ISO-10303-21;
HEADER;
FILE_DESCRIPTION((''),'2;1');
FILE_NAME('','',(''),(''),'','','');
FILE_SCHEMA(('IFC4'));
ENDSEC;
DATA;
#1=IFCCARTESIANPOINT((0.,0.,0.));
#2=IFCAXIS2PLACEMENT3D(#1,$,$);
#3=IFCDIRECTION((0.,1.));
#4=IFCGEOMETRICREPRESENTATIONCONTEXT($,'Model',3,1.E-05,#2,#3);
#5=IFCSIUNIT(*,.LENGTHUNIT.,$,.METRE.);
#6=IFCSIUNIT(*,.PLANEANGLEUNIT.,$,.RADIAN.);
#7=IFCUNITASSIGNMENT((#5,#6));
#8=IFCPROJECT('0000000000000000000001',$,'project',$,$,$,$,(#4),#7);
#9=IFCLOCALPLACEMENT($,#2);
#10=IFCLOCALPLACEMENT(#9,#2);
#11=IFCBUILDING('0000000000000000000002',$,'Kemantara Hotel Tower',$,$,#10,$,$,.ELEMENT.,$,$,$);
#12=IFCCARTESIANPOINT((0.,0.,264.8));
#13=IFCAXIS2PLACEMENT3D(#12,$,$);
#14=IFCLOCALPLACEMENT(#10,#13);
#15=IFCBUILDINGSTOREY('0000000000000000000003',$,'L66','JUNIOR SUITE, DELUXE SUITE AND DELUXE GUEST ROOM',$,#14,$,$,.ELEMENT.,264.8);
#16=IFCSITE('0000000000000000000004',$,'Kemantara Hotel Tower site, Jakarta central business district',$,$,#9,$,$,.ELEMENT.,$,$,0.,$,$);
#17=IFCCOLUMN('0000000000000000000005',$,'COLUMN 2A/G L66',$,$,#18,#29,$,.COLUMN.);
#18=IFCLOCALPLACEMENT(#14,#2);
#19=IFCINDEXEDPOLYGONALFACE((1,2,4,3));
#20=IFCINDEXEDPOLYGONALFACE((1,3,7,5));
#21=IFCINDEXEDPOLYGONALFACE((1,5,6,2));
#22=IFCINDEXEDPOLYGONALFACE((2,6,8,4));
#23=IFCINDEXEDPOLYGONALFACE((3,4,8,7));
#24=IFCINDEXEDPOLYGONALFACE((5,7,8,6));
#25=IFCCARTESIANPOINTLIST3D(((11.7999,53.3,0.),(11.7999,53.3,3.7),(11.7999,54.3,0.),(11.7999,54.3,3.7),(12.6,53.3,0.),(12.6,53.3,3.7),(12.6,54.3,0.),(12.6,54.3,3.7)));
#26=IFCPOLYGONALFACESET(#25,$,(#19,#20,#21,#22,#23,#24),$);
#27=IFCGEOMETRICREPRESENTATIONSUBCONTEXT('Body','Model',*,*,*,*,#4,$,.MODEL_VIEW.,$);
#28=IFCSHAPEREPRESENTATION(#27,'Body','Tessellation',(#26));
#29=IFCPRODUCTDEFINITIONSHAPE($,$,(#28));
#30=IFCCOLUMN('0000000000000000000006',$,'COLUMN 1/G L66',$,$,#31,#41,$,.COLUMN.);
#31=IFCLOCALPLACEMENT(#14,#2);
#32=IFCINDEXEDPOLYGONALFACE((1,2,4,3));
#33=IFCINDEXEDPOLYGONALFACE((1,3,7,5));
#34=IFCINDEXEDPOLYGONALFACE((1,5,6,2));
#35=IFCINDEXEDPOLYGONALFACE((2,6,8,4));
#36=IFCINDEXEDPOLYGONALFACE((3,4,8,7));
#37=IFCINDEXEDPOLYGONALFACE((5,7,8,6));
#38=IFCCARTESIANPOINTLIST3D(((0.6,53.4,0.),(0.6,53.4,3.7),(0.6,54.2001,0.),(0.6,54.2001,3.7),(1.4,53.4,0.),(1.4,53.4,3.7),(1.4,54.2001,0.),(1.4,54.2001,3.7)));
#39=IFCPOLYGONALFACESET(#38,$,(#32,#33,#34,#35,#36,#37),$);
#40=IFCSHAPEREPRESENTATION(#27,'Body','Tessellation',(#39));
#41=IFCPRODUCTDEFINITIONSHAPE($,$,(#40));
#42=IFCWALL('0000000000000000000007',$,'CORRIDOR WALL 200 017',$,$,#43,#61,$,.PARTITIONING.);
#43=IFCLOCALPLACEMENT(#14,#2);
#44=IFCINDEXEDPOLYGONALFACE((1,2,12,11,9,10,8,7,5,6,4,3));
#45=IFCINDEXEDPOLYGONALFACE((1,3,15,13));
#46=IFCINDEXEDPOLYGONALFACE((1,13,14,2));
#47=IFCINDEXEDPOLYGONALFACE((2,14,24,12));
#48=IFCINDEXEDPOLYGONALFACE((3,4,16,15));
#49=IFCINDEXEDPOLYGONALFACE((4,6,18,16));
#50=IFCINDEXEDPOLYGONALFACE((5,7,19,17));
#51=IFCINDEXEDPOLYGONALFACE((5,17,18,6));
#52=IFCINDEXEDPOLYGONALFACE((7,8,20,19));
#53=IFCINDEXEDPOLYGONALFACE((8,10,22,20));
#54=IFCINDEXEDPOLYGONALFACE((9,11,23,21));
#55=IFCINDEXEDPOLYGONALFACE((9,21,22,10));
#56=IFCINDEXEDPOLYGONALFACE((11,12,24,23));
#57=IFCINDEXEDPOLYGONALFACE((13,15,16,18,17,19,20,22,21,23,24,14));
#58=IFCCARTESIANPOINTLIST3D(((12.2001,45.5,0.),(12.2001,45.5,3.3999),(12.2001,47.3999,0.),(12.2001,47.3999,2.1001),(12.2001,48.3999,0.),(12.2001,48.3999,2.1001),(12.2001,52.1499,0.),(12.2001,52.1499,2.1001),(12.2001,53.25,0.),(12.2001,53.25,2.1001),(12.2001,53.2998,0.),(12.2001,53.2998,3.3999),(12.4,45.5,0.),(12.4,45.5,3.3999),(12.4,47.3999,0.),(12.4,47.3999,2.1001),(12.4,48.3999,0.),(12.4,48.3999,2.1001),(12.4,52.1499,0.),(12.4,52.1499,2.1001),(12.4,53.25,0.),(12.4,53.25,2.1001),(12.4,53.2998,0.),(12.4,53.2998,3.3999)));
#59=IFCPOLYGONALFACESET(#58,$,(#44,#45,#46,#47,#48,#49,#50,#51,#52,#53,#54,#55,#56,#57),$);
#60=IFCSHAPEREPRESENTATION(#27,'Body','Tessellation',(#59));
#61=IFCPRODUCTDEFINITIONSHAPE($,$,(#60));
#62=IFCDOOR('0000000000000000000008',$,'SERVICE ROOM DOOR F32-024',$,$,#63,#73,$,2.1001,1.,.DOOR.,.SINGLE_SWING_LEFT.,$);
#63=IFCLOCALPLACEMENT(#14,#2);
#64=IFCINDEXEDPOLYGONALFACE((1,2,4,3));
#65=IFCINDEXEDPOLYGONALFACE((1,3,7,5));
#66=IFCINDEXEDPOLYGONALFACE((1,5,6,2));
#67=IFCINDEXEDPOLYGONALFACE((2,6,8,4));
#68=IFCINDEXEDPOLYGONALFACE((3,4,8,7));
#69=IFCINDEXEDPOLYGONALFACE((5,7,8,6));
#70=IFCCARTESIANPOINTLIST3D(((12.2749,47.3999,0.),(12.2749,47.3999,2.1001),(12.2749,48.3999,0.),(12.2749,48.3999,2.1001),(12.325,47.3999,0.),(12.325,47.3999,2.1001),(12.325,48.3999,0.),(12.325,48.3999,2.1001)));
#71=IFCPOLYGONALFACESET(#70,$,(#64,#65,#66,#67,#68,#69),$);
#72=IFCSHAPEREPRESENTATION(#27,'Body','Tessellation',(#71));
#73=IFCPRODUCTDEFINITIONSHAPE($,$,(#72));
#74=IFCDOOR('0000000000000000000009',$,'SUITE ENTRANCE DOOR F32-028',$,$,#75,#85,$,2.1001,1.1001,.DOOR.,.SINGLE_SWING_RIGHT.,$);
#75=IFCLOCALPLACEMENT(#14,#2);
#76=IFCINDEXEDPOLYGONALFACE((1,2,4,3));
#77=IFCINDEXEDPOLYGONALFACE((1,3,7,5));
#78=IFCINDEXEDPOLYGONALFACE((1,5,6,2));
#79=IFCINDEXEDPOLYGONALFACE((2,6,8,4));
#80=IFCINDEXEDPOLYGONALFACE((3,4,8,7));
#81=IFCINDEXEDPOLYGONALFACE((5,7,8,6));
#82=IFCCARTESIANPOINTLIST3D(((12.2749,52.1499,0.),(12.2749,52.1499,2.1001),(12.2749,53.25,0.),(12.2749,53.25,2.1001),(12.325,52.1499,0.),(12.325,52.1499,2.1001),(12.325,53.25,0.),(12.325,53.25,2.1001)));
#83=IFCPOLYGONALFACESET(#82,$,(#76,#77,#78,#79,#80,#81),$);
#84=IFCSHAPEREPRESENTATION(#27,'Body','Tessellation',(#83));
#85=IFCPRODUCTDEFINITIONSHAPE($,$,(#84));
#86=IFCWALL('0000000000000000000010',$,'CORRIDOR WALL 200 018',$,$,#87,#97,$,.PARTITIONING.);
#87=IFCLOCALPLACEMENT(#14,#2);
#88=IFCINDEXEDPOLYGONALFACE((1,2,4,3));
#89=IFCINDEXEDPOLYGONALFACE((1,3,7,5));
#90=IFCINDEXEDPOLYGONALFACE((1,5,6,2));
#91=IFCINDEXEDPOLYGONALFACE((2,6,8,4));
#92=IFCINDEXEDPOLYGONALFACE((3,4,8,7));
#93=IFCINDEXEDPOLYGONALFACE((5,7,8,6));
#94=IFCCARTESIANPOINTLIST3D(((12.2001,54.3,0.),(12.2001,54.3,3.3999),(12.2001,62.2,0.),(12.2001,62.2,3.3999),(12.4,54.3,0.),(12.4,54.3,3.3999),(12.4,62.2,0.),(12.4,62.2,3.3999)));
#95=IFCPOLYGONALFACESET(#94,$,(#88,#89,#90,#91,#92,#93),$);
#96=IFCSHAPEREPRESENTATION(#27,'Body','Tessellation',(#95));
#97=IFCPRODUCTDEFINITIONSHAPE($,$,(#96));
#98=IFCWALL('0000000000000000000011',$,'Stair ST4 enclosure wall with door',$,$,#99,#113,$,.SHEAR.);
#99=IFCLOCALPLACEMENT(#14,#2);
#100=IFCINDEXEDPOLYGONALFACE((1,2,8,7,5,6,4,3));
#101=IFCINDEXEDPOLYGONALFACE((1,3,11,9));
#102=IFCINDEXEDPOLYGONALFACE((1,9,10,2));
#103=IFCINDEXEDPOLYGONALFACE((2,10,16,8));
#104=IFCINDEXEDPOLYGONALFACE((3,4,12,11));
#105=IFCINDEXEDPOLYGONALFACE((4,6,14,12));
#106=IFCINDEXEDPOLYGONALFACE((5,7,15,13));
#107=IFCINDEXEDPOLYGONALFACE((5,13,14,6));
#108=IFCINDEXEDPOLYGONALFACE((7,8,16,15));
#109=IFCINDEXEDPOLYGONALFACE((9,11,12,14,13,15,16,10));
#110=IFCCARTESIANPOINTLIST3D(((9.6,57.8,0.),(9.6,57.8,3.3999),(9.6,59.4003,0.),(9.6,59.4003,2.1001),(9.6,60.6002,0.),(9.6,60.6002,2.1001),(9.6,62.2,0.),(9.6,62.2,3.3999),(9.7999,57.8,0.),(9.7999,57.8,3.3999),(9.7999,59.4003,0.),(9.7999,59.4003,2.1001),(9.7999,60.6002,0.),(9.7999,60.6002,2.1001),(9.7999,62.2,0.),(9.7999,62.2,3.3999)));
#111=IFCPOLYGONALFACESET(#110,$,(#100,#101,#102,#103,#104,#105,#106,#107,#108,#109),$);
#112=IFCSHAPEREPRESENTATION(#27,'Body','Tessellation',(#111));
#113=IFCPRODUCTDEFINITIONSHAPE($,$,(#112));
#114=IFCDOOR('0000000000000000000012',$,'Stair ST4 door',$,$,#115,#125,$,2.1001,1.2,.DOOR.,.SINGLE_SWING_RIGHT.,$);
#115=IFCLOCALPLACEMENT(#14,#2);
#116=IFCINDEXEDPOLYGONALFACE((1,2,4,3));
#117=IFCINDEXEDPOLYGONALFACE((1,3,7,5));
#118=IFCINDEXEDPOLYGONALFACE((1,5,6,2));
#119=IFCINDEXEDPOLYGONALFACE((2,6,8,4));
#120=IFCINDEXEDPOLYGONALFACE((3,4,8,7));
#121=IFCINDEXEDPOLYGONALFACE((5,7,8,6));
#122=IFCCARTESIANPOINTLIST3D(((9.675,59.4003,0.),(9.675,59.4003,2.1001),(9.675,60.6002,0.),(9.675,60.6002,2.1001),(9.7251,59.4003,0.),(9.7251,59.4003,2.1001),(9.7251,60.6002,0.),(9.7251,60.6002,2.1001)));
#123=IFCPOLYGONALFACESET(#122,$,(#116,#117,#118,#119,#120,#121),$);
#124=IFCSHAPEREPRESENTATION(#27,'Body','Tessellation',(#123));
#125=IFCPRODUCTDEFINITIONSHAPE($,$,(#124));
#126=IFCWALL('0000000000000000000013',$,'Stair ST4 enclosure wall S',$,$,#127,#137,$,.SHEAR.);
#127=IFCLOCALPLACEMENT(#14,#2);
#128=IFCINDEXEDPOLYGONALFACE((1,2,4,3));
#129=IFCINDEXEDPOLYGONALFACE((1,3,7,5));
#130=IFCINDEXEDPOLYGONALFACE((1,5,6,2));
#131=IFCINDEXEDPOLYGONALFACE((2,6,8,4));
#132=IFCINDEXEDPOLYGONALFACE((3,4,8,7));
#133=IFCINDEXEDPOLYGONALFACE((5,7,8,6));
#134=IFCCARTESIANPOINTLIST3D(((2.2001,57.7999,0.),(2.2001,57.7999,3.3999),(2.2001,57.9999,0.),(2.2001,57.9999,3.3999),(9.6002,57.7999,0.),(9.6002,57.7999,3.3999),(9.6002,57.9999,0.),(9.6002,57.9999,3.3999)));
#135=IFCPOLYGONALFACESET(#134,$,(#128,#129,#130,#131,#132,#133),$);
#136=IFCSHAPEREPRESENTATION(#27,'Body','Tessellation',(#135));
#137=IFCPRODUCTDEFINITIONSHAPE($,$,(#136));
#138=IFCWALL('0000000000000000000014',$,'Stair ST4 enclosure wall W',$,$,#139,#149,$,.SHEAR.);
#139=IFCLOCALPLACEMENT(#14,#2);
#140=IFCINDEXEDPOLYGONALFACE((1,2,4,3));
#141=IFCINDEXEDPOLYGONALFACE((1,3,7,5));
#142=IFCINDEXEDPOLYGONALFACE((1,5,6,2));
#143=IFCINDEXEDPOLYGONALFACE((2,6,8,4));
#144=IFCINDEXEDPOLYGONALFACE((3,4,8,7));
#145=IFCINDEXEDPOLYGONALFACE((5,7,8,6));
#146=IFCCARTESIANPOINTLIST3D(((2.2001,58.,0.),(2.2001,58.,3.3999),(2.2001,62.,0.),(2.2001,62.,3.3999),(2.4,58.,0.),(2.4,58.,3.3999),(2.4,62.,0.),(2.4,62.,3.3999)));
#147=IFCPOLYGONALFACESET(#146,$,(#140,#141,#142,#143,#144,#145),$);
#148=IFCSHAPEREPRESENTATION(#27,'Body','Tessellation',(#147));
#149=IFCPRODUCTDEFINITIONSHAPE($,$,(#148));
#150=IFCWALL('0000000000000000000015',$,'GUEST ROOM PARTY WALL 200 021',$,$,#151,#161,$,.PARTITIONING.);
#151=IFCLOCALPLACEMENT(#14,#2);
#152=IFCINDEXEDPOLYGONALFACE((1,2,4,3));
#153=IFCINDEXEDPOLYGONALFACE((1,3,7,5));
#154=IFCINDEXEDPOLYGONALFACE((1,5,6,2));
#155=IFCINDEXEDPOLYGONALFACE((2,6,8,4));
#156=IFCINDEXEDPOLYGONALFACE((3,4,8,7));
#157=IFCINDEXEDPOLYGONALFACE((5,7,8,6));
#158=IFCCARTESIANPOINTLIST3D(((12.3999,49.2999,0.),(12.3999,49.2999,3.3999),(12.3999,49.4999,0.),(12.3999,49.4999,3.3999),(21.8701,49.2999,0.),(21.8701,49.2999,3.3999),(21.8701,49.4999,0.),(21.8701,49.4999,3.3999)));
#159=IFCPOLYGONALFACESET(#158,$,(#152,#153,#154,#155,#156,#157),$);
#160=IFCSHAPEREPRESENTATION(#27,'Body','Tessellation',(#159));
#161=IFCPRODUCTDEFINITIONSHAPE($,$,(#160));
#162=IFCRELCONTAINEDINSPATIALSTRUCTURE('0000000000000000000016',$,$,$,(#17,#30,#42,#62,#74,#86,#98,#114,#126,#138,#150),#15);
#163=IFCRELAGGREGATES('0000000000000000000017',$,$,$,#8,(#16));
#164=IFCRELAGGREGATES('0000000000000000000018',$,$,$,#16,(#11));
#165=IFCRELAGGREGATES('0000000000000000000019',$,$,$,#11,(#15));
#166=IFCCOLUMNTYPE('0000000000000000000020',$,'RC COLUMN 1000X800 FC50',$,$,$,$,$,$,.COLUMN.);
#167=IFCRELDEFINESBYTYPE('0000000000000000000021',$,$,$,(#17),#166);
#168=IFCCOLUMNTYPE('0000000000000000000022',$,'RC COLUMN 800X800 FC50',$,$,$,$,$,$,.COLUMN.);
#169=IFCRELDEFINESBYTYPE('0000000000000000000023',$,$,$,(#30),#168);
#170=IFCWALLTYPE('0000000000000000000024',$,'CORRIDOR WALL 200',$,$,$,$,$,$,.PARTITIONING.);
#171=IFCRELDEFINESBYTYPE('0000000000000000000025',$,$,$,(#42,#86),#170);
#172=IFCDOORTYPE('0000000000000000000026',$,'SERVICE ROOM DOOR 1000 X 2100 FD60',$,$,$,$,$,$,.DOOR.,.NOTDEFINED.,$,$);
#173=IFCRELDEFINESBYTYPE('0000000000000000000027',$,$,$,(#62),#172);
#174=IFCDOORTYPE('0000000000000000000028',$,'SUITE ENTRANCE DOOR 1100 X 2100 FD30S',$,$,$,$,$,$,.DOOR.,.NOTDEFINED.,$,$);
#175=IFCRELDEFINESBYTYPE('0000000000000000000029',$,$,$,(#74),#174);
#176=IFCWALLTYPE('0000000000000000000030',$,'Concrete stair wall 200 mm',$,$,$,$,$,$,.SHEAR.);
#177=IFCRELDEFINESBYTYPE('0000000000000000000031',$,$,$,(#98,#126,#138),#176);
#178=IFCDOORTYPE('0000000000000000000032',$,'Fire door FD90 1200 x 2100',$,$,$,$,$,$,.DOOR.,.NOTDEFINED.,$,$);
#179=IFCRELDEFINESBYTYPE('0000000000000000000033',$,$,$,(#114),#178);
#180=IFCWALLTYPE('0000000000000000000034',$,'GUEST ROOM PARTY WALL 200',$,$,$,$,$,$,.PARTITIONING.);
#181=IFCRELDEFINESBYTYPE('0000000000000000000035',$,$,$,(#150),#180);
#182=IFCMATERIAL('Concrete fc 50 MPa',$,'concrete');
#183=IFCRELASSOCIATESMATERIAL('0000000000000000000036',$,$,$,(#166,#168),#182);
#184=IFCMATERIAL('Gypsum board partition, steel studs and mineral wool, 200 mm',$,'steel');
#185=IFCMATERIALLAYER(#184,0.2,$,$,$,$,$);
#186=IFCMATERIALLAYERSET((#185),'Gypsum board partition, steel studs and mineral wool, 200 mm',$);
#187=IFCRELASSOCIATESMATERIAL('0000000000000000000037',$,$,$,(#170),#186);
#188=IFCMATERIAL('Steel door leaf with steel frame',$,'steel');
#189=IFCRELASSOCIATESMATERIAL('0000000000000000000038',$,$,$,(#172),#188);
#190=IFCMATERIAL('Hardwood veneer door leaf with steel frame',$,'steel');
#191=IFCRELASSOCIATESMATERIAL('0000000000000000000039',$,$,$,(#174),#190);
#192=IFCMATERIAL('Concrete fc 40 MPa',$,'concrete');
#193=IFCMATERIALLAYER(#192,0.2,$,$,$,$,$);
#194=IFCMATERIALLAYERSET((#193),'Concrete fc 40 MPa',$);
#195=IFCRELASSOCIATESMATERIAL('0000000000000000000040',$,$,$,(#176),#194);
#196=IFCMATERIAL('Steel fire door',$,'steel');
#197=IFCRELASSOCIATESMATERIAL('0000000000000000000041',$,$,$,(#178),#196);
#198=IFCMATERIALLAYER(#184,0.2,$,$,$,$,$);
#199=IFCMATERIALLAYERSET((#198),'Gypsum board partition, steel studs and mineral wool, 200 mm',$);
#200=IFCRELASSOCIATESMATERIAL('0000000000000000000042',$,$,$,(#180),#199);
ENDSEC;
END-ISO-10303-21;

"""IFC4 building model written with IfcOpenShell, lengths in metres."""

from ifc_helpers import new_model, si_unit, direction, frame, frame_2d, origin, origin_2d, place, context, subcontext, project, spatial, rectangle, extrude, material, layer, layer_set, material_profile, profile_set, type_object, element, fill, save


model = new_model("IFC4")

# Units and contexts
model_context = context("Model", 3, precision=1e-05, world=origin(), true_north=direction((0.0, 1.0)))
body_context = subcontext(model_context, "Body", "Model", "MODEL_VIEW")
ifc_project = project(units=[si_unit("LENGTHUNIT", "METRE"), si_unit("PLANEANGLEUNIT", "RADIAN")], contexts=[model_context])

# Site, building, storey
site_placement = place(None, origin())
site = spatial("IfcSite", under=ifc_project, at=site_placement, Name="Kemantara Hotel Tower site, Jakarta central business district", CompositionType="ELEMENT", RefElevation=0.0)
building_placement = place(site_placement, origin())
building = spatial("IfcBuilding", under=site, at=building_placement, Name="Kemantara Hotel Tower", CompositionType="ELEMENT")
storey_placement = place(building_placement, frame((0.0, 0.0, 264.8)))
storey = spatial("IfcBuildingStorey", under=building, at=storey_placement, Name="L66", Description="JUNIOR SUITE, DELUXE SUITE AND DELUXE GUEST ROOM", CompositionType="ELEMENT", Elevation=264.8)

# Columns
ifc_material_1 = material(Name="Concrete fc 50 MPa", Category="concrete")
ifc_material_profile_1 = material_profile(ifc_material_1, rectangle(XDim=1.0, YDim=0.8, at=origin_2d()), Name="RC 1000X800")
ifc_profile_set_1 = profile_set([ifc_material_profile_1], Name="Concrete fc 50 MPa")
column_type_1 = type_object("IfcColumnType", Name="RC COLUMN 1000X800 FC50", PredefinedType="COLUMN", material=ifc_profile_set_1)
column_1_placement = place(storey_placement, frame((12.2, 53.8, 0.0), z_axis=(0.0, 0.0, 1.0), x_axis=(0.0, 1.0, 0.0)))
element("IfcColumn", 1, at=column_1_placement, inside=storey, type_object=column_type_1, Name="COLUMN 2A/G L66", PredefinedType="COLUMN", context=body_context, shape_type="SweptSolid", body=[
    extrude(rectangle(XDim=1.0, YDim=0.8, at=origin_2d()), origin(), (0.0, 0.0, 1.0), 3.7),
])
ifc_material_profile_2 = material_profile(ifc_material_1, rectangle(XDim=0.8, YDim=0.8, at=origin_2d()), Name="RC 800X800")
ifc_profile_set_2 = profile_set([ifc_material_profile_2], Name="Concrete fc 50 MPa")
column_type_2 = type_object("IfcColumnType", Name="RC COLUMN 800X800 FC50", PredefinedType="COLUMN", material=ifc_profile_set_2)
column_2_placement = place(storey_placement, frame((1.0, 53.8, 0.0), z_axis=(0.0, 0.0, 1.0), x_axis=(1.0, 0.0, 0.0)))
element("IfcColumn", 2, at=column_2_placement, inside=storey, type_object=column_type_2, Name="COLUMN 1/G L66", PredefinedType="COLUMN", context=body_context, shape_type="SweptSolid", body=[
    extrude(rectangle(XDim=0.8, YDim=0.8, at=origin_2d()), origin(), (0.0, 0.0, 1.0), 3.7),
])

# Wall, openings, doors
ifc_material_2 = material(Name="Gypsum board partition, steel studs and mineral wool, 200 mm", Category="steel")
ifc_layer_1 = layer(ifc_material_2, 0.2)
ifc_layer_set_1 = layer_set([ifc_layer_1], Name="Gypsum board partition, steel studs and mineral wool, 200 mm")
wall_type_1 = type_object("IfcWallType", Name="CORRIDOR WALL 200", PredefinedType="PARTITIONING", material=ifc_layer_set_1)
wall_1_placement = place(storey_placement, frame((12.3, 53.2998, 0.0), z_axis=(0.0, 0.0, 1.0), x_axis=(0.0, -1.0, 0.0)))
wall_1 = element("IfcWall", 3, at=wall_1_placement, inside=storey, type_object=wall_type_1, Name="CORRIDOR WALL 200 017", PredefinedType="PARTITIONING", context=body_context, shape_type="SweptSolid", body=[
    extrude(rectangle(XDim=7.7998, YDim=0.2, at=frame_2d((3.8999, 0.0))), origin(), (0.0, 0.0, 1.0), 3.3999),
])
opening_1_placement = place(wall_1_placement, frame((4.8999, 0.0, 0.0)))
opening_1 = element("IfcOpeningElement", 4, at=opening_1_placement, cuts=wall_1, PredefinedType="OPENING", context=body_context, shape_type="SweptSolid", body=[
    extrude(rectangle(XDim=1.0, YDim=2.1001, at=frame_2d((0.5, 1.05))), frame((0.0, 0.1099, 0.0), z_axis=(0.0, -1.0, 0.0), x_axis=(1.0, 0.0, 0.0)), (0.0, 0.0, 1.0), 0.22),
])
opening_2_placement = place(wall_1_placement, frame((0.0498, 0.0, 0.0)))
opening_2 = element("IfcOpeningElement", 5, at=opening_2_placement, cuts=wall_1, PredefinedType="OPENING", context=body_context, shape_type="SweptSolid", body=[
    extrude(rectangle(XDim=1.1001, YDim=2.1001, at=frame_2d((0.55, 1.05))), frame((0.0, 0.1099, 0.0), z_axis=(0.0, -1.0, 0.0), x_axis=(1.0, 0.0, 0.0)), (0.0, 0.0, 1.0), 0.22),
])
ifc_material_3 = material(Name="Steel door leaf with steel frame", Category="steel")
door_type_1 = type_object("IfcDoorType", Name="SERVICE ROOM DOOR 1000 X 2100 FD60", OperationType="NOTDEFINED", PredefinedType="DOOR", material=ifc_material_3)
door_1_placement = place(opening_1_placement, origin())
door_1 = element("IfcDoor", 6, at=door_1_placement, inside=storey, type_object=door_type_1, Name="SERVICE ROOM DOOR F32-024", OperationType="SINGLE_SWING_LEFT", OverallHeight=2.1001, OverallWidth=1.0, PredefinedType="DOOR", context=body_context, shape_type="SweptSolid", body=[
    extrude(rectangle(XDim=1.0, YDim=2.1001, at=frame_2d((0.5, 1.05))), frame((0.0, 0.0249, 0.0), z_axis=(0.0, -1.0, 0.0), x_axis=(1.0, 0.0, 0.0)), (0.0, 0.0, 1.0), 0.05),
])
fill(opening_1, door_1)
ifc_material_4 = material(Name="Hardwood veneer door leaf with steel frame", Category="steel")
door_type_2 = type_object("IfcDoorType", Name="SUITE ENTRANCE DOOR 1100 X 2100 FD30S", OperationType="NOTDEFINED", PredefinedType="DOOR", material=ifc_material_4)
door_2_placement = place(opening_2_placement, origin())
door_2 = element("IfcDoor", 7, at=door_2_placement, inside=storey, type_object=door_type_2, Name="SUITE ENTRANCE DOOR F32-028", OperationType="SINGLE_SWING_RIGHT", OverallHeight=2.1001, OverallWidth=1.1001, PredefinedType="DOOR", context=body_context, shape_type="SweptSolid", body=[
    extrude(rectangle(XDim=1.1001, YDim=2.1001, at=frame_2d((0.55, 1.05))), frame((0.0, 0.0249, 0.0), z_axis=(0.0, -1.0, 0.0), x_axis=(1.0, 0.0, 0.0)), (0.0, 0.0, 1.0), 0.05),
])
fill(opening_2, door_2)

# Wall
wall_2_placement = place(storey_placement, frame((12.3, 54.3, 0.0), z_axis=(0.0, 0.0, 1.0), x_axis=(0.0, 1.0, 0.0)))
element("IfcWall", 8, at=wall_2_placement, inside=storey, type_object=wall_type_1, Name="CORRIDOR WALL 200 018", PredefinedType="PARTITIONING", context=body_context, shape_type="SweptSolid", body=[
    extrude(rectangle(XDim=7.8999, YDim=0.2, at=frame_2d((3.95, 0.0))), origin(), (0.0, 0.0, 1.0), 3.3999),
])

# Wall, opening, door
ifc_material_5 = material(Name="Concrete fc 40 MPa", Category="concrete")
ifc_layer_2 = layer(ifc_material_5, 0.2)
ifc_layer_set_2 = layer_set([ifc_layer_2], Name="Concrete fc 40 MPa")
wall_type_2 = type_object("IfcWallType", Name="Concrete stair wall 200 mm", PredefinedType="SHEAR", material=ifc_layer_set_2)
wall_3_placement = place(storey_placement, frame((9.7, 57.8, 0.0), z_axis=(0.0, 0.0, 1.0), x_axis=(0.0, 1.0, 0.0)))
wall_3 = element("IfcWall", 9, at=wall_3_placement, inside=storey, type_object=wall_type_2, Name="Stair ST4 enclosure wall with door", PredefinedType="SHEAR", context=body_context, shape_type="SweptSolid", body=[
    extrude(rectangle(XDim=4.3999, YDim=0.2, at=frame_2d((2.2, 0.0))), origin(), (0.0, 0.0, 1.0), 3.3999),
])
opening_3_placement = place(wall_3_placement, frame((1.6001, 0.0, 0.0)))
opening_3 = element("IfcOpeningElement", 10, at=opening_3_placement, cuts=wall_3, PredefinedType="OPENING", context=body_context, shape_type="SweptSolid", body=[
    extrude(rectangle(XDim=1.2, YDim=2.1001, at=frame_2d((0.6001, 1.05))), frame((0.0, 0.1099, 0.0), z_axis=(0.0, -1.0, 0.0), x_axis=(1.0, 0.0, 0.0)), (0.0, 0.0, 1.0), 0.22),
])
ifc_material_6 = material(Name="Steel fire door", Category="steel")
door_type_3 = type_object("IfcDoorType", Name="Fire door FD90 1200 x 2100", OperationType="NOTDEFINED", PredefinedType="DOOR", material=ifc_material_6)
door_3_placement = place(opening_3_placement, origin())
door_3 = element("IfcDoor", 11, at=door_3_placement, inside=storey, type_object=door_type_3, Name="Stair ST4 door", OperationType="SINGLE_SWING_RIGHT", OverallHeight=2.1001, OverallWidth=1.2, PredefinedType="DOOR", context=body_context, shape_type="SweptSolid", body=[
    extrude(rectangle(XDim=1.2, YDim=2.1001, at=frame_2d((0.6001, 1.05))), frame((0.0, 0.0249, 0.0), z_axis=(0.0, -1.0, 0.0), x_axis=(1.0, 0.0, 0.0)), (0.0, 0.0, 1.0), 0.05),
])
fill(opening_3, door_3)

# Walls
wall_4_placement = place(storey_placement, frame((2.2, 57.8999, 0.0), z_axis=(0.0, 0.0, 1.0), x_axis=(1.0, 0.0, 0.0)))
element("IfcWall", 12, at=wall_4_placement, inside=storey, type_object=wall_type_2, Name="Stair ST4 enclosure wall S", PredefinedType="SHEAR", context=body_context, shape_type="SweptSolid", body=[
    extrude(rectangle(XDim=7.4001, YDim=0.2, at=frame_2d((3.7002, 0.0))), origin(), (0.0, 0.0, 1.0), 3.3999),
])
wall_5_placement = place(storey_placement, frame((2.3, 58.0, 0.0), z_axis=(0.0, 0.0, 1.0), x_axis=(0.0, 1.0, 0.0)))
element("IfcWall", 13, at=wall_5_placement, inside=storey, type_object=wall_type_2, Name="Stair ST4 enclosure wall W", PredefinedType="SHEAR", context=body_context, shape_type="SweptSolid", body=[
    extrude(rectangle(XDim=4.0, YDim=0.2, at=frame_2d((2.0, 0.0))), origin(), (0.0, 0.0, 1.0), 3.3999),
])
ifc_layer_3 = layer(ifc_material_2, 0.2)
ifc_layer_set_3 = layer_set([ifc_layer_3], Name="Gypsum board partition, steel studs and mineral wool, 200 mm")
wall_type_3 = type_object("IfcWallType", Name="GUEST ROOM PARTY WALL 200", PredefinedType="PARTITIONING", material=ifc_layer_set_3)
wall_6_placement = place(storey_placement, frame((12.3999, 49.3999, 0.0), z_axis=(0.0, 0.0, 1.0), x_axis=(1.0, 0.0, 0.0)))
element("IfcWall", 14, at=wall_6_placement, inside=storey, type_object=wall_type_3, Name="GUEST ROOM PARTY WALL 200 021", PredefinedType="PARTITIONING", context=body_context, shape_type="SweptSolid", body=[
    extrude(rectangle(XDim=9.4702, YDim=0.2, at=frame_2d((4.7351, 0.0))), origin(), (0.0, 0.0, 1.0), 3.3999),
])

save(model, "model.ifc")
